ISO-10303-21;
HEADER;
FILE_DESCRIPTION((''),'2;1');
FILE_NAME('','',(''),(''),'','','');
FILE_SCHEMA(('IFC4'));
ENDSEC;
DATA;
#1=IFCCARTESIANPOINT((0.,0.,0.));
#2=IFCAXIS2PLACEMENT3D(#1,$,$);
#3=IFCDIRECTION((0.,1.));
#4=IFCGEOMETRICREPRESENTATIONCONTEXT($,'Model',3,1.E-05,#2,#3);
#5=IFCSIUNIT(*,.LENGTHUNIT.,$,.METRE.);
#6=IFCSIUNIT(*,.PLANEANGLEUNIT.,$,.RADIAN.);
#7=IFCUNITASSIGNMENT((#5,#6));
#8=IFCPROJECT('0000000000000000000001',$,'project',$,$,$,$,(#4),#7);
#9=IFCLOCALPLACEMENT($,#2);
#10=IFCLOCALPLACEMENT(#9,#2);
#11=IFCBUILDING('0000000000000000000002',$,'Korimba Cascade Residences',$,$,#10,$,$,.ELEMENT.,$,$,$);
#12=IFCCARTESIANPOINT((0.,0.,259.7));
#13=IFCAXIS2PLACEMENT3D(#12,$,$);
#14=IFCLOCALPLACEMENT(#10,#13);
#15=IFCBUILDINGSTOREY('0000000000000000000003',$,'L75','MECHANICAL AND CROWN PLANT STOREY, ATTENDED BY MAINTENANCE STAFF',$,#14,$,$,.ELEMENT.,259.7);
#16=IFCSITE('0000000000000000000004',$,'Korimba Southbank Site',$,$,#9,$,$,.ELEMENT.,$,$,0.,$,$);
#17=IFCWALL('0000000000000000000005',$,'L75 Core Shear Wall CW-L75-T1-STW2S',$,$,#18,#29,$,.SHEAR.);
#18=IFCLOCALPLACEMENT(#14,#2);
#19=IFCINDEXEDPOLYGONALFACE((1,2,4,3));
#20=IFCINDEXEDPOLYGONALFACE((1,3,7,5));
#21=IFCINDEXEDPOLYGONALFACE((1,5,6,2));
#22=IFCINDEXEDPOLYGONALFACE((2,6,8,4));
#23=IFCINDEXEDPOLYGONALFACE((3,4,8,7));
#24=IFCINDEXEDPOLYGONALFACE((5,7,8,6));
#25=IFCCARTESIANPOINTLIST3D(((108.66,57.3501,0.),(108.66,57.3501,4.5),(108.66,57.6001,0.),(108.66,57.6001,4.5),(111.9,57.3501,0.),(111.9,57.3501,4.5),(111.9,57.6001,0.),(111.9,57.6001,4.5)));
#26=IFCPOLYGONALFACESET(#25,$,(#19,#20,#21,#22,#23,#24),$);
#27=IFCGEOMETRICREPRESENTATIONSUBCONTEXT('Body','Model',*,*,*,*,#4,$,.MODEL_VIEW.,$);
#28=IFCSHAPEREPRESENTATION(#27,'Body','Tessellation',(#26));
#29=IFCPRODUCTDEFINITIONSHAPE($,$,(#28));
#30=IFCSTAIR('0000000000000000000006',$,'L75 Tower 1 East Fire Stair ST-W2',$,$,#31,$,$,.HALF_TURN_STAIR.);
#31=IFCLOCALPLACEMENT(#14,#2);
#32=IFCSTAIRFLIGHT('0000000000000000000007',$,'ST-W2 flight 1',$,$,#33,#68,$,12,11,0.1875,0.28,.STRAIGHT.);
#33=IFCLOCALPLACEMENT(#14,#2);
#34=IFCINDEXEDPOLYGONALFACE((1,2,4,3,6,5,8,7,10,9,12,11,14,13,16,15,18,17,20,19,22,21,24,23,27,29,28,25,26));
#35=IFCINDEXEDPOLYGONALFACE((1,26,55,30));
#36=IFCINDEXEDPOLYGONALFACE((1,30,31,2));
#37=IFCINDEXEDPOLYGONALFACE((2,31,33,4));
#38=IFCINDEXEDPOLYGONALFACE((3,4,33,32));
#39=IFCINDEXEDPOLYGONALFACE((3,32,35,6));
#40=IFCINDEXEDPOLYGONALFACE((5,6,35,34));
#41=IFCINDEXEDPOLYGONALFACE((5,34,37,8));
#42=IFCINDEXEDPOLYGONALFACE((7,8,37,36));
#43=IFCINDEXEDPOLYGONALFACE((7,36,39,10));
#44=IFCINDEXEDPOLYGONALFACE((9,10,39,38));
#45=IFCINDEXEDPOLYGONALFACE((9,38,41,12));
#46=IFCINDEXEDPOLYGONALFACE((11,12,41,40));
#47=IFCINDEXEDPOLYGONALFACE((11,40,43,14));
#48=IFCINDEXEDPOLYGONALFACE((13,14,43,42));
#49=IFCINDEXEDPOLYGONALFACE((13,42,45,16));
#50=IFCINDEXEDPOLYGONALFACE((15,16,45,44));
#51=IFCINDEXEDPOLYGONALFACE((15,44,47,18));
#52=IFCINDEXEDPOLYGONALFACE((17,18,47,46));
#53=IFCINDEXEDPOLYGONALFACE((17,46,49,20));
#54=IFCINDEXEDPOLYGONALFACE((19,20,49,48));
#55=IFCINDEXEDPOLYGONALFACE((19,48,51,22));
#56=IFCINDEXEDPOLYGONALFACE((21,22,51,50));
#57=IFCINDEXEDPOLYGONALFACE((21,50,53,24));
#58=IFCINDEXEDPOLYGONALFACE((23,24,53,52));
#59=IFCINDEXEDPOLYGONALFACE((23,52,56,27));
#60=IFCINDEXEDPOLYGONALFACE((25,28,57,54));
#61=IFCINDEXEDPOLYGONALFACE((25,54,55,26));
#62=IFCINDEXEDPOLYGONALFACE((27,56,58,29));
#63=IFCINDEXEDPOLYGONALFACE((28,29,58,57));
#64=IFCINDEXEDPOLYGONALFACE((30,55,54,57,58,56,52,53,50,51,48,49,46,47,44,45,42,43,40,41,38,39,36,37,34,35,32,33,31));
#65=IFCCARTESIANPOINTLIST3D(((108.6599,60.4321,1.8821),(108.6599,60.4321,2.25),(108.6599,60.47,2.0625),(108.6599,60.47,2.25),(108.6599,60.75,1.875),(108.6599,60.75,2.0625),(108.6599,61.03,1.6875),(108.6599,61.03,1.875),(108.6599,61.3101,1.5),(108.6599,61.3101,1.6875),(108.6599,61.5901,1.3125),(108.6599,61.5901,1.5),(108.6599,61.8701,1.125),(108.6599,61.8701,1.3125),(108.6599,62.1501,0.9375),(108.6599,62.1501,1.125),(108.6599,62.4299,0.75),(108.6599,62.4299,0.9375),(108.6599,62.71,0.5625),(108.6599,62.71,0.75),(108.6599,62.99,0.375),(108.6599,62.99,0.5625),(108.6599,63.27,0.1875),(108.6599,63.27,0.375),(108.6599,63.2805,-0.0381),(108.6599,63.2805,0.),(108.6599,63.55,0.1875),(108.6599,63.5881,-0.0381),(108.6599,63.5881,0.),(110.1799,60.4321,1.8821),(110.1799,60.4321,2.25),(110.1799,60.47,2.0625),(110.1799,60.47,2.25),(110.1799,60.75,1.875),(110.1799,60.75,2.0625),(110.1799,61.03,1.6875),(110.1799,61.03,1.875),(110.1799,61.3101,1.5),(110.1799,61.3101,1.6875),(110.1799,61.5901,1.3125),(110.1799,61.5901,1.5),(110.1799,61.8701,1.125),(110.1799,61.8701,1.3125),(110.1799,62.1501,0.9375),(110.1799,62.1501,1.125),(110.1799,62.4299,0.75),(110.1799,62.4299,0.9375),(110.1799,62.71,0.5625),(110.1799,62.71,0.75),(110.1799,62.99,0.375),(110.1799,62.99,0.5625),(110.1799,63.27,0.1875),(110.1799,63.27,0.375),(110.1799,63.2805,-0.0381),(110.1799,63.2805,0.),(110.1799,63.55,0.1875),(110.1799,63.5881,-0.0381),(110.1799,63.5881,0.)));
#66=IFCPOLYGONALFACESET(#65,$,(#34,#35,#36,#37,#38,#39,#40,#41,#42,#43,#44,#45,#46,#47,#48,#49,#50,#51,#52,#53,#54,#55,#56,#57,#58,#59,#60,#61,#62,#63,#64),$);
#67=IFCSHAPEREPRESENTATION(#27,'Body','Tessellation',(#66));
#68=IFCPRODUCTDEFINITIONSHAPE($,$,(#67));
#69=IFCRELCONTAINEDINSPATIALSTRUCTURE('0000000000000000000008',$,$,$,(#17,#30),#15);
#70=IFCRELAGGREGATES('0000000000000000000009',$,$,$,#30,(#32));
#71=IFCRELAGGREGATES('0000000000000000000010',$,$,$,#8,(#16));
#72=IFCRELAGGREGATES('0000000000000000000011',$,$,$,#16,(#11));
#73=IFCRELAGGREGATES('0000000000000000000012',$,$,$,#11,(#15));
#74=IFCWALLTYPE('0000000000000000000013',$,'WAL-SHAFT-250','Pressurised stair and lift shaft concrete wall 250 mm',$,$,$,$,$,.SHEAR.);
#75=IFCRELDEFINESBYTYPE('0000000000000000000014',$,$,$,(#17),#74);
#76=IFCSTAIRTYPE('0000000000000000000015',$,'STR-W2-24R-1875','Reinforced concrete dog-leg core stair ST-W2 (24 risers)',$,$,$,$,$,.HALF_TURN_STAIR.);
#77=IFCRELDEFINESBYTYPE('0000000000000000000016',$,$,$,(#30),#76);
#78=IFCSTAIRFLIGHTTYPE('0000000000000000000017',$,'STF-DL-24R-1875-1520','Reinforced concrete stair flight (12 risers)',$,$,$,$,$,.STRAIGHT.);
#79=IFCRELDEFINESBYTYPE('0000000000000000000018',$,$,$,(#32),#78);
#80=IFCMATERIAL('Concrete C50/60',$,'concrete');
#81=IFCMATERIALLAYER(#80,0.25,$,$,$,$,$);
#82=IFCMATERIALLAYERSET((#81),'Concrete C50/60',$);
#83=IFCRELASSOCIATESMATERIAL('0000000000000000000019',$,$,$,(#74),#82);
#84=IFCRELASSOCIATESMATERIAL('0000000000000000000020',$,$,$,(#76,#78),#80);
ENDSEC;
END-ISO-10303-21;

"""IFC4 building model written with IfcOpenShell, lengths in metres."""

from ifc_helpers import new_model, si_unit, direction, frame, frame_2d, origin, place, context, subcontext, project, spatial, polyline, rectangle, outline, extrude, material, layer, layer_set, type_object, element, aggregate, save


model = new_model("IFC4")

# Units and contexts
model_context = context("Model", 3, precision=1e-05, world=origin(), true_north=direction((0.0, 1.0)))
body_context = subcontext(model_context, "Body", "Model", "MODEL_VIEW")
ifc_project = project(units=[si_unit("LENGTHUNIT", "METRE"), si_unit("PLANEANGLEUNIT", "RADIAN")], contexts=[model_context])

# Site, building, storey
site_placement = place(None, origin())
site = spatial("IfcSite", under=ifc_project, at=site_placement, Name="Korimba Southbank Site", CompositionType="ELEMENT", RefElevation=0.0)
building_placement = place(site_placement, origin())
building = spatial("IfcBuilding", under=site, at=building_placement, Name="Korimba Cascade Residences", CompositionType="ELEMENT")
storey_placement = place(building_placement, frame((0.0, 0.0, 259.7)))
storey = spatial("IfcBuildingStorey", under=building, at=storey_placement, Name="L75", Description="MECHANICAL AND CROWN PLANT STOREY, ATTENDED BY MAINTENANCE STAFF", CompositionType="ELEMENT", Elevation=259.7)

# Shared definitions
ifc_material_1 = material(Name="Concrete C50/60", Category="concrete")

# Shared definitions
ifc_layer_1 = layer(ifc_material_1, 0.25)
ifc_layer_set_1 = layer_set([ifc_layer_1], Name="Concrete C50/60")
wall_type_1 = type_object("IfcWallType", Name="WAL-SHAFT-250", Description="Pressurised stair and lift shaft concrete wall 250 mm", PredefinedType="SHEAR", material=ifc_layer_set_1)

# Wall
wall_1_placement = place(storey_placement, frame((108.6599, 57.4751, 0.0), z_axis=(0.0, 0.0, 1.0), x_axis=(1.0, 0.0, 0.0)))
element("IfcWall", 1, at=wall_1_placement, inside=storey, type_object=wall_type_1, Name="L75 Core Shear Wall CW-L75-T1-STW2S", PredefinedType="SHEAR", context=body_context, shape_type="SweptSolid", body=[
    extrude(rectangle(XDim=3.24, YDim=0.25, at=frame_2d((1.6201, 0.0))), origin(), (0.0, 0.0, 1.0), 4.5),
])

# Stair, stair flight
stair_type = type_object("IfcStairType", Name="STR-W2-24R-1875", Description="Reinforced concrete dog-leg core stair ST-W2 (24 risers)", PredefinedType="HALF_TURN_STAIR", material=ifc_material_1)
stair_placement = place(storey_placement, origin())
stair = element("IfcStair", 2, at=stair_placement, inside=storey, type_object=stair_type, Name="L75 Tower 1 East Fire Stair ST-W2", PredefinedType="HALF_TURN_STAIR")
stair_flight_type = type_object("IfcStairFlightType", Name="STF-DL-24R-1875-1520", Description="Reinforced concrete stair flight (12 risers)", PredefinedType="STRAIGHT", material=ifc_material_1)
stair_flight_placement = place(storey_placement, frame((109.4199, 63.55, 0.0), z_axis=(0.0, 0.0, 1.0), x_axis=(0.0, -1.0, 0.0)))
stair_flight = element("IfcStairFlight", 3, at=stair_flight_placement, type_object=stair_flight_type, Name="ST-W2 flight 1", NumberOfRisers=12, NumberOfTreads=11, PredefinedType="STRAIGHT", RiserHeight=0.1875, TreadLength=0.28, context=body_context, shape_type="SweptSolid", body=[
    extrude(outline(polyline([(-0.0381, 0.0), (0.0, 0.1875), (0.28, 0.1875), (0.28, 0.375), (0.5601, 0.375), (0.5601, 0.5625), (0.8401, 0.5625), (0.8401, 0.75), (1.1201, 0.75), (1.1201, 0.9375), (1.3999, 0.9375), (1.3999, 1.125), (1.6799, 1.125), (1.6799, 1.3125), (1.96, 1.3125), (1.96, 1.5), (2.24, 1.5), (2.24, 1.6875), (2.52, 1.6875), (2.52, 1.875), (2.8, 1.875), (2.8, 2.0625), (3.0801, 2.0625), (3.0801, 2.25), (3.1179, 2.25), (3.1179, 1.8821), (0.2695, 0.0), (0.2695, -0.0381), (-0.0381, -0.0381), (-0.0381, 0.0)])), frame((0.0, 0.76, 0.0), z_axis=(0.0, -1.0, 0.0), x_axis=(1.0, 0.0, 0.0)), (0.0, 0.0, 1.0), 1.52),
])
aggregate(stair, [stair_flight])

save(model, "model.ifc")
